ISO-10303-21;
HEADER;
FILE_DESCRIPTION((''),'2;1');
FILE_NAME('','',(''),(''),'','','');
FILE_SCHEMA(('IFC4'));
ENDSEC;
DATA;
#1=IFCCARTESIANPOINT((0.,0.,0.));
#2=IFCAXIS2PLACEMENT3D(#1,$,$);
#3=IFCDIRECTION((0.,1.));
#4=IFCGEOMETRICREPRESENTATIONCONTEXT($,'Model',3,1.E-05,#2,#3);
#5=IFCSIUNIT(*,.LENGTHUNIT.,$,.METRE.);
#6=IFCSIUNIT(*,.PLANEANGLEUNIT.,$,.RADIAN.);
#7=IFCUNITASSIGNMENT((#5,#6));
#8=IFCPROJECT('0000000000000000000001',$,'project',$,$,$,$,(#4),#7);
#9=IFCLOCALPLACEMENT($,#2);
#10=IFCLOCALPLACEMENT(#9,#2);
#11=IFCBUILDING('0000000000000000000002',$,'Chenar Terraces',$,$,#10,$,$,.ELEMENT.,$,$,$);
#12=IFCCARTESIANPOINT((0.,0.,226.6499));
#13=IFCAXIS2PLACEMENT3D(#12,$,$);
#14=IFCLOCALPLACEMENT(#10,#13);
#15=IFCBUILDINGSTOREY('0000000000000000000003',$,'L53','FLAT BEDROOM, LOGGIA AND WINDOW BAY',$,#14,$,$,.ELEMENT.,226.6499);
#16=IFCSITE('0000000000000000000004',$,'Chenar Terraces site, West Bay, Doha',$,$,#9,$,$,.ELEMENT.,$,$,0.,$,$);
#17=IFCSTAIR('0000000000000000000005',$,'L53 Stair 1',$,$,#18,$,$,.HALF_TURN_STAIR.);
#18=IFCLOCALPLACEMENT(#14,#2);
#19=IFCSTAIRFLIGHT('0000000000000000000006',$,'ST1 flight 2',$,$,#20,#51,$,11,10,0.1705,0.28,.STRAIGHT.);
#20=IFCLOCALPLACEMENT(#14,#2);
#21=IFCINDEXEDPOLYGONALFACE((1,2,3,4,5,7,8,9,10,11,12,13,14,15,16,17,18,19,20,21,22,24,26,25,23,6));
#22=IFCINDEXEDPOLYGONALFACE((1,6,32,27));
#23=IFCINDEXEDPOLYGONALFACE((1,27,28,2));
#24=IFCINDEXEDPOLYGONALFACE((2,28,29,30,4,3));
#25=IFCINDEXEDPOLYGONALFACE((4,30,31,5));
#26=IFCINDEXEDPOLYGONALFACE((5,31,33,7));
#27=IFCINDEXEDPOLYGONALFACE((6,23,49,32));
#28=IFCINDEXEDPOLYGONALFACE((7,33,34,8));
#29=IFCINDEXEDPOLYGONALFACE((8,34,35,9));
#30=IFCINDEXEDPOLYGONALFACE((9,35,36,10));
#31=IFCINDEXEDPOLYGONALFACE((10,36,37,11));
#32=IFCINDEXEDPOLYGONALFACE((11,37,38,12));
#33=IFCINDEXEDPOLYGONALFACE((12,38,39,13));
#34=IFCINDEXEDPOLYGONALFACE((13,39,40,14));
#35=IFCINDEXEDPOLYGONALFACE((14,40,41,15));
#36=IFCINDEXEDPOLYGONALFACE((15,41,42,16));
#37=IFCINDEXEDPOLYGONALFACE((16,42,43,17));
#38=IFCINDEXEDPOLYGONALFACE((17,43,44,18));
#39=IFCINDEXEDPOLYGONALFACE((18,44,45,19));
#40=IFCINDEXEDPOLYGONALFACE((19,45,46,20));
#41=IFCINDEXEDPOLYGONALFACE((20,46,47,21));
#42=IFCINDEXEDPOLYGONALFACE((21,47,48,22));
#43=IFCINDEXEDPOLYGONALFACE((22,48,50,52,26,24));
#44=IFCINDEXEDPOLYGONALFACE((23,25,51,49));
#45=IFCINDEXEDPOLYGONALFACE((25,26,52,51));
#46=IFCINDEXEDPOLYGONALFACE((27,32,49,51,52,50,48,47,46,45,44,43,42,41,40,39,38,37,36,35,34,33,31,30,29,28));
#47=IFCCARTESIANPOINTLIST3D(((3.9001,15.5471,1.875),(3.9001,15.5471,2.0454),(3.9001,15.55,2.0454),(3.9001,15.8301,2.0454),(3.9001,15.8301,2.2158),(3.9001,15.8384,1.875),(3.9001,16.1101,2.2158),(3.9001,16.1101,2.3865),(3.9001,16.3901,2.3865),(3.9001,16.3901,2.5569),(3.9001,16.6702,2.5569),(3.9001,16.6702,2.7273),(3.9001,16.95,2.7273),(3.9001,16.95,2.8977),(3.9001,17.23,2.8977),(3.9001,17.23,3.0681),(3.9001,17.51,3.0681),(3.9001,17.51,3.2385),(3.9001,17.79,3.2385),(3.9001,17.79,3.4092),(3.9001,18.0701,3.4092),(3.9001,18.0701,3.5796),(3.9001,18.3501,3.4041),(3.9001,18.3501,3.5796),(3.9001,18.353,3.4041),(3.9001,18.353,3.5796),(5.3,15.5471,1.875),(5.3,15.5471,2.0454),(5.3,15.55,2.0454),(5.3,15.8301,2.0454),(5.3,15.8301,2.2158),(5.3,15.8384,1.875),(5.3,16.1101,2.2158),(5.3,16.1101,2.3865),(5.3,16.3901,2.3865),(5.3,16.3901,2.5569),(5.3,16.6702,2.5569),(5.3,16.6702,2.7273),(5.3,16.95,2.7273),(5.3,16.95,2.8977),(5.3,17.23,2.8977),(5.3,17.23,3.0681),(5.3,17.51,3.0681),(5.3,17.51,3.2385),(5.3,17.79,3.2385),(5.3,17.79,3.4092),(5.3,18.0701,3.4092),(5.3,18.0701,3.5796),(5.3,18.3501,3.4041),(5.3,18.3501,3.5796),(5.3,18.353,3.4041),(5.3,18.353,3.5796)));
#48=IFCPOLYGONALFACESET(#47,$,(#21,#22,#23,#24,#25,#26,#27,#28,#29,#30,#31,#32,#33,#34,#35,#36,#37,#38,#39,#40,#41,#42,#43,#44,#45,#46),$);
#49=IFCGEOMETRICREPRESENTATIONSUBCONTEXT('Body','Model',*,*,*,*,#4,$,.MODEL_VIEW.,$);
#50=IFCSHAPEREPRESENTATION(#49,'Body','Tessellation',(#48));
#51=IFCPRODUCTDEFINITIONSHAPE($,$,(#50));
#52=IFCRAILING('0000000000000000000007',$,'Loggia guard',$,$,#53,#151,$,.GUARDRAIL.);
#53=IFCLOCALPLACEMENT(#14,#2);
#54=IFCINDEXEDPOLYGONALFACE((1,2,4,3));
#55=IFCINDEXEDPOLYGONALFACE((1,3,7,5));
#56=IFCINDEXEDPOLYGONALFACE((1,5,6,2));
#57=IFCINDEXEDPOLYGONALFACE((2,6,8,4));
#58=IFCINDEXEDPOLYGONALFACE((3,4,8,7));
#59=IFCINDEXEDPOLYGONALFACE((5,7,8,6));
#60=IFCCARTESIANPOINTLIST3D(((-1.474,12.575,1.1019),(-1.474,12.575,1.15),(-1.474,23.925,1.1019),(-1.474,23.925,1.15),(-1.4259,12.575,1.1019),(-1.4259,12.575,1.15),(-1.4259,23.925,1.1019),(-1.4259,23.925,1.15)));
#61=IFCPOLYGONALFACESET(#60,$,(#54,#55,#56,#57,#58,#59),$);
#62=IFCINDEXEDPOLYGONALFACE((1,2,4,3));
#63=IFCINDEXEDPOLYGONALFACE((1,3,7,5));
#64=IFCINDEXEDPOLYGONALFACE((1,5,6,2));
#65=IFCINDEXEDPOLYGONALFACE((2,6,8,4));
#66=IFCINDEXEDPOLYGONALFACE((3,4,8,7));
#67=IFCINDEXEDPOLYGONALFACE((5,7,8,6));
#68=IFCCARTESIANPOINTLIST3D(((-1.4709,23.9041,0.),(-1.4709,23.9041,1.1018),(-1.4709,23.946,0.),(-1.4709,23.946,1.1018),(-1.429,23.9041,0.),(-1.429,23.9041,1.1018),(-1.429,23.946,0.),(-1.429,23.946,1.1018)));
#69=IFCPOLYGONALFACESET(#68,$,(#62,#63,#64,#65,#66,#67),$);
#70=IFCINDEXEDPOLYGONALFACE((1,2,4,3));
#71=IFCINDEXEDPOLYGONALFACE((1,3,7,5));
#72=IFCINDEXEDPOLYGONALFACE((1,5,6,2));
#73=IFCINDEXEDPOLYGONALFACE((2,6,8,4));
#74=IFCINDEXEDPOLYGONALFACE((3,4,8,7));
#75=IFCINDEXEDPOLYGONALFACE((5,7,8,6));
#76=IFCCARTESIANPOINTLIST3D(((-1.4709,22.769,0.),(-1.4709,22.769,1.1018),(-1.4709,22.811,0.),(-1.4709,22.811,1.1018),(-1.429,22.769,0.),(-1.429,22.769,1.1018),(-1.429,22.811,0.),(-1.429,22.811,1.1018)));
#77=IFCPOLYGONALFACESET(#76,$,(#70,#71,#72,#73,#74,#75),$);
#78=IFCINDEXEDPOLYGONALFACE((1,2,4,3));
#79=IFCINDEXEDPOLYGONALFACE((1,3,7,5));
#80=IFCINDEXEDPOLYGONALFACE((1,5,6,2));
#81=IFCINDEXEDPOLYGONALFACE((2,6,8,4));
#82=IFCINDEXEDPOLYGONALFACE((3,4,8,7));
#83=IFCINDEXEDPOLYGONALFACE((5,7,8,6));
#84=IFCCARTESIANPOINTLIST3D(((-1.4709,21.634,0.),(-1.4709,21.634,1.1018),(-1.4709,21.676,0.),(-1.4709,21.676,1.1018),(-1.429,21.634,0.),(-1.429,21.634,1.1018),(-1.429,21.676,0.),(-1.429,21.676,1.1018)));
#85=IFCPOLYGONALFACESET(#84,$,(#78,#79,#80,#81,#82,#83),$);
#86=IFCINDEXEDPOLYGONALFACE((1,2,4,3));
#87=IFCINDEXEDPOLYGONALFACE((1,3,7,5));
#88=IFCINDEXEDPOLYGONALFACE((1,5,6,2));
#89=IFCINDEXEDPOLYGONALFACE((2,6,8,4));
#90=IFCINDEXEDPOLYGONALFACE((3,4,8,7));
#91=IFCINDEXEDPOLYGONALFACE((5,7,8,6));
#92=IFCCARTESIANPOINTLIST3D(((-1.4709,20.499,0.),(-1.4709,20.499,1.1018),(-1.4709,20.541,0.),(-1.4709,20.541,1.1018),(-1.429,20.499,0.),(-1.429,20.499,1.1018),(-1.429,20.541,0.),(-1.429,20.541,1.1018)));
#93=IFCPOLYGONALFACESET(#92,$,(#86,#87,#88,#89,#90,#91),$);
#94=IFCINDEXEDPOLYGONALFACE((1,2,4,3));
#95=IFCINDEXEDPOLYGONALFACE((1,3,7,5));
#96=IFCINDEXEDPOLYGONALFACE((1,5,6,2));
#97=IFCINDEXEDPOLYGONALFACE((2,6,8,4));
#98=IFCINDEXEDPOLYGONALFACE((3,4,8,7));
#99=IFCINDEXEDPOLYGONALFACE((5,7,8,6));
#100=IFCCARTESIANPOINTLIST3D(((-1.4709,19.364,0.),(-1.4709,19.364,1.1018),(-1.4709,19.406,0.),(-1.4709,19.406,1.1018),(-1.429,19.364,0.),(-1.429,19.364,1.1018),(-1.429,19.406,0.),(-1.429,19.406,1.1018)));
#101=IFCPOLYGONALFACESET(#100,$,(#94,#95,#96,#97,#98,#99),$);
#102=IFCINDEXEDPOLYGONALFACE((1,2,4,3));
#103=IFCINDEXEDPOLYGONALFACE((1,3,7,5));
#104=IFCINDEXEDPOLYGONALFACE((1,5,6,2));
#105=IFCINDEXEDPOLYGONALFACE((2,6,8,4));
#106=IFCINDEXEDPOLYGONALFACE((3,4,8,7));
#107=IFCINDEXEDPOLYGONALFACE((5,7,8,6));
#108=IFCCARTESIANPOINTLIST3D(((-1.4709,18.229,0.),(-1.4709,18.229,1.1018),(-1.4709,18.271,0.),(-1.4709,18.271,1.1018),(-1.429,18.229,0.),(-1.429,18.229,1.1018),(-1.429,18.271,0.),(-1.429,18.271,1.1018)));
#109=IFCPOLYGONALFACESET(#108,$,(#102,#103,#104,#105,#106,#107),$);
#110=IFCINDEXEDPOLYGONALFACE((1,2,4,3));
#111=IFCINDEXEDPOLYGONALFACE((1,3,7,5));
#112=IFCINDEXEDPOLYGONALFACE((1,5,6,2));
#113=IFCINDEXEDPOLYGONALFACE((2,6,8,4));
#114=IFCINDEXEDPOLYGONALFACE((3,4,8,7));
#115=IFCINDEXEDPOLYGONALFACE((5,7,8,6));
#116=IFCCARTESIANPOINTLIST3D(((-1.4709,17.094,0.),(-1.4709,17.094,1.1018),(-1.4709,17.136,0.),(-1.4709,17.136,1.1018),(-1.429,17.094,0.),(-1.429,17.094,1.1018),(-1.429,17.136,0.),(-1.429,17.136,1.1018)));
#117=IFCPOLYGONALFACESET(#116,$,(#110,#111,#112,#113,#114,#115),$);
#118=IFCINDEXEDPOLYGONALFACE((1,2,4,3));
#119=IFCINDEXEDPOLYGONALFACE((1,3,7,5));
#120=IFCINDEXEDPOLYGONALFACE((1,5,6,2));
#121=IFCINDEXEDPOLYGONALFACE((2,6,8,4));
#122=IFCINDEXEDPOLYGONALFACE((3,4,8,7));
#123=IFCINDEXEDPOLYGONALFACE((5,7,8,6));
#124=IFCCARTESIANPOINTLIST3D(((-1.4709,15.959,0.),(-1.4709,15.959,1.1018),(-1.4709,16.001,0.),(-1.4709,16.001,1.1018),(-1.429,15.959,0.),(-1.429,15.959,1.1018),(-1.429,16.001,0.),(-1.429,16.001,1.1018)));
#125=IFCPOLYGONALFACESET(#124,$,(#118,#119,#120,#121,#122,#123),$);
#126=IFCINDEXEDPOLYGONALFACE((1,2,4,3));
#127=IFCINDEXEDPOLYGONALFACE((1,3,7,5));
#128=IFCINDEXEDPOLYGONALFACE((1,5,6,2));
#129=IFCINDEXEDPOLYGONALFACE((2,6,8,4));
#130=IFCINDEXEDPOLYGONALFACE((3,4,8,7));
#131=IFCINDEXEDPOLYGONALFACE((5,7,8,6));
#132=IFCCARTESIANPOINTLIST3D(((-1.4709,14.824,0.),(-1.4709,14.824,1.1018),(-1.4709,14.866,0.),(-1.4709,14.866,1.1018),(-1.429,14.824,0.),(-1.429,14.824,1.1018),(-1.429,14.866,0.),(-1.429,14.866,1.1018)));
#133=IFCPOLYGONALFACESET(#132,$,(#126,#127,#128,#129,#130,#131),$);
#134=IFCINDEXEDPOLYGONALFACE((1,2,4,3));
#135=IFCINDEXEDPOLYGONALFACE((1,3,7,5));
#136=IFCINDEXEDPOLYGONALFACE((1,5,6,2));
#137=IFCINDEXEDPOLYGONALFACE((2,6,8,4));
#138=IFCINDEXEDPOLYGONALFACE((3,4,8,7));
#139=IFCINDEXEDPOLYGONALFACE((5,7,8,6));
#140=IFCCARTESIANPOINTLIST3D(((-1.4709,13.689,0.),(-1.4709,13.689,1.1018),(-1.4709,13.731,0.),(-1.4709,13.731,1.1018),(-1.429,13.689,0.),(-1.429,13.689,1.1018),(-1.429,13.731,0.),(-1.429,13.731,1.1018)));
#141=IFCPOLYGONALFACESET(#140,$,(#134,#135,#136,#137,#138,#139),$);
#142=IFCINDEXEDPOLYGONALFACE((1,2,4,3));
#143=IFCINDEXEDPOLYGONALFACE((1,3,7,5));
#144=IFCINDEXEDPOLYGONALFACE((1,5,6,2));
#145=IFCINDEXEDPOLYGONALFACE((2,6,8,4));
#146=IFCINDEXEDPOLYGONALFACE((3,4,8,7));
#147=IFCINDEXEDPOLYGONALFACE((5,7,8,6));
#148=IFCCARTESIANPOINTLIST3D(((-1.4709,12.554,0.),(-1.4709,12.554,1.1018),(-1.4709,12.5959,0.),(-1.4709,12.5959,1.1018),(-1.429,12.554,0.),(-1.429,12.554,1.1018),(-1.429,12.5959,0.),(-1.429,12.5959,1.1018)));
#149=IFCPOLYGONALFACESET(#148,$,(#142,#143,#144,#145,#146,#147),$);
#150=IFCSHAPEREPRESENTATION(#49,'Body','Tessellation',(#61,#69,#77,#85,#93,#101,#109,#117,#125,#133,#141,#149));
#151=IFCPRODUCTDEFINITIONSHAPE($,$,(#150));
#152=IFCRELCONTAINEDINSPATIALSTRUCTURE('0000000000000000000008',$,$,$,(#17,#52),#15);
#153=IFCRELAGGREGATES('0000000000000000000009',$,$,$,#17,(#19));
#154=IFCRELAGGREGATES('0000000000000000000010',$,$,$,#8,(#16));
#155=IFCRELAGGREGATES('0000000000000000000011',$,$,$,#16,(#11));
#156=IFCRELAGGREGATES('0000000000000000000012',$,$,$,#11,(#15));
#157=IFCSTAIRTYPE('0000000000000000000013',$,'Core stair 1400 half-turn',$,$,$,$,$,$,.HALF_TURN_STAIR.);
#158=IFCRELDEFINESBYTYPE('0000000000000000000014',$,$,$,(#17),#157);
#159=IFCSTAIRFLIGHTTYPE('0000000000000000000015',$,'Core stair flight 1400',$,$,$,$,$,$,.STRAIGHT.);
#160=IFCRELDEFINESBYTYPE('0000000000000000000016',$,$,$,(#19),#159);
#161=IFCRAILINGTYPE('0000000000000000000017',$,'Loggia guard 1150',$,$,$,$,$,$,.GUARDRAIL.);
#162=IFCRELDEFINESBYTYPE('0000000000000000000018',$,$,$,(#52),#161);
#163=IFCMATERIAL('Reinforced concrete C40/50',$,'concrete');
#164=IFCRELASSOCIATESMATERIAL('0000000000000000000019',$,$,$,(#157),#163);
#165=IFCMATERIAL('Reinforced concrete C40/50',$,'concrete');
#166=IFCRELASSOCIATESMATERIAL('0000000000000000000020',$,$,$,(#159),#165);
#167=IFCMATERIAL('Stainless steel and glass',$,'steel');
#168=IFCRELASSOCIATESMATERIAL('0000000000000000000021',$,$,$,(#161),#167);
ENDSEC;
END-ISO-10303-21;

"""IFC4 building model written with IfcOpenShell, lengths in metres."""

from ifc_helpers import new_model, si_unit, direction, frame, origin, origin_2d, place, context, subcontext, project, spatial, polyline, rectangle, outline, extrude, material, type_object, element, aggregate, save


model = new_model("IFC4")

# Units and contexts
model_context = context("Model", 3, precision=1e-05, world=origin(), true_north=direction((0.0, 1.0)))
body_context = subcontext(model_context, "Body", "Model", "MODEL_VIEW")
ifc_project = project(units=[si_unit("LENGTHUNIT", "METRE"), si_unit("PLANEANGLEUNIT", "RADIAN")], contexts=[model_context])

# Site, building, storey
site_placement = place(None, origin())
site = spatial("IfcSite", under=ifc_project, at=site_placement, Name="Chenar Terraces site, West Bay, Doha", CompositionType="ELEMENT", RefElevation=0.0)
building_placement = place(site_placement, origin())
building = spatial("IfcBuilding", under=site, at=building_placement, Name="Chenar Terraces", CompositionType="ELEMENT")
storey_placement = place(building_placement, frame((0.0, 0.0, 226.6499)))
storey = spatial("IfcBuildingStorey", under=building, at=storey_placement, Name="L53", Description="FLAT BEDROOM, LOGGIA AND WINDOW BAY", CompositionType="ELEMENT", Elevation=226.6499)

# Stair, stair flight
ifc_material_1 = material(Name="Reinforced concrete C40/50", Category="concrete")
stair_type = type_object("IfcStairType", Name="Core stair 1400 half-turn", PredefinedType="HALF_TURN_STAIR", material=ifc_material_1)
stair_placement = place(storey_placement, origin())
stair = element("IfcStair", 1, at=stair_placement, inside=storey, type_object=stair_type, Name="L53 Stair 1", PredefinedType="HALF_TURN_STAIR")
ifc_material_2 = material(Name="Reinforced concrete C40/50", Category="concrete")
stair_flight_type = type_object("IfcStairFlightType", Name="Core stair flight 1400", PredefinedType="STRAIGHT", material=ifc_material_2)
stair_flight_1_placement = place(storey_placement, frame((4.6001, 15.55, 1.875), z_axis=(0.0, 0.0, 1.0), x_axis=(0.0, 1.0, 0.0)))
stair_flight_1 = element("IfcStairFlight", 2, at=stair_flight_1_placement, type_object=stair_flight_type, Name="ST1 flight 2", NumberOfRisers=11, NumberOfTreads=10, PredefinedType="STRAIGHT", RiserHeight=0.1705, TreadLength=0.28, context=body_context, shape_type="SweptSolid", body=[
    extrude(outline(polyline([(-0.0029, 0.0), (-0.0029, 0.1704), (0.0, 0.1704), (0.28, 0.1704), (0.28, 0.3408), (0.5601, 0.3408), (0.5601, 0.5115), (0.8401, 0.5115), (0.8401, 0.6819), (1.1201, 0.6819), (1.1201, 0.8523), (1.3999, 0.8523), (1.3999, 1.0227), (1.6799, 1.0227), (1.6799, 1.1931), (1.96, 1.1931), (1.96, 1.3635), (2.24, 1.3635), (2.24, 1.5342), (2.52, 1.5342), (2.52, 1.7046), (2.8, 1.7046), (2.803, 1.7046), (2.803, 1.5291), (2.8, 1.5291), (0.2883, 0.0), (-0.0029, 0.0)])), frame((0.0, 0.7, 0.0), z_axis=(0.0, -1.0, 0.0), x_axis=(1.0, 0.0, 0.0)), (0.0, 0.0, 1.0), 1.3999),
])
aggregate(stair, [stair_flight_1])

# Railing
ifc_material_3 = material(Name="Stainless steel and glass", Category="steel")
railing_type_1 = type_object("IfcRailingType", Name="Loggia guard 1150", PredefinedType="GUARDRAIL", material=ifc_material_3)
railing_1_placement = place(storey_placement, frame((-1.45, 23.925, 0.0)))
element("IfcRailing", 3, at=railing_1_placement, inside=storey, type_object=railing_type_1, Name="Loggia guard", PredefinedType="GUARDRAIL", context=body_context, shape_type="SweptSolid", body=[
    extrude(rectangle(XDim=0.0481, YDim=0.0481, at=origin_2d()), frame((0.0, 0.0, 1.126), z_axis=(0.0, -1.0, 0.0), x_axis=(1.0, 0.0, 0.0)), (0.0, 0.0, 1.0), 11.3501),
    extrude(rectangle(XDim=0.042, YDim=0.042, at=origin_2d()), origin(), (0.0, 0.0, 1.0), 1.1018),
    extrude(rectangle(XDim=0.042, YDim=0.042, at=origin_2d()), frame((0.0, -1.135, 0.0)), (0.0, 0.0, 1.0), 1.1018),
    extrude(rectangle(XDim=0.042, YDim=0.042, at=origin_2d()), frame((0.0, -2.27, 0.0)), (0.0, 0.0, 1.0), 1.1018),
    extrude(rectangle(XDim=0.042, YDim=0.042, at=origin_2d()), frame((0.0, -3.405, 0.0)), (0.0, 0.0, 1.0), 1.1018),
    extrude(rectangle(XDim=0.042, YDim=0.042, at=origin_2d()), frame((0.0, -4.54, 0.0)), (0.0, 0.0, 1.0), 1.1018),
    extrude(rectangle(XDim=0.042, YDim=0.042, at=origin_2d()), frame((0.0, -5.675, 0.0)), (0.0, 0.0, 1.0), 1.1018),
    extrude(rectangle(XDim=0.042, YDim=0.042, at=origin_2d()), frame((0.0, -6.8101, 0.0)), (0.0, 0.0, 1.0), 1.1018),
    extrude(rectangle(XDim=0.042, YDim=0.042, at=origin_2d()), frame((0.0, -7.9451, 0.0)), (0.0, 0.0, 1.0), 1.1018),
    extrude(rectangle(XDim=0.042, YDim=0.042, at=origin_2d()), frame((0.0, -9.0801, 0.0)), (0.0, 0.0, 1.0), 1.1018),
    extrude(rectangle(XDim=0.042, YDim=0.042, at=origin_2d()), frame((0.0, -10.2151, 0.0)), (0.0, 0.0, 1.0), 1.1018),
    extrude(rectangle(XDim=0.042, YDim=0.042, at=origin_2d()), frame((0.0, -11.3501, 0.0)), (0.0, 0.0, 1.0), 1.1018),
])

save(model, "model.ifc")
